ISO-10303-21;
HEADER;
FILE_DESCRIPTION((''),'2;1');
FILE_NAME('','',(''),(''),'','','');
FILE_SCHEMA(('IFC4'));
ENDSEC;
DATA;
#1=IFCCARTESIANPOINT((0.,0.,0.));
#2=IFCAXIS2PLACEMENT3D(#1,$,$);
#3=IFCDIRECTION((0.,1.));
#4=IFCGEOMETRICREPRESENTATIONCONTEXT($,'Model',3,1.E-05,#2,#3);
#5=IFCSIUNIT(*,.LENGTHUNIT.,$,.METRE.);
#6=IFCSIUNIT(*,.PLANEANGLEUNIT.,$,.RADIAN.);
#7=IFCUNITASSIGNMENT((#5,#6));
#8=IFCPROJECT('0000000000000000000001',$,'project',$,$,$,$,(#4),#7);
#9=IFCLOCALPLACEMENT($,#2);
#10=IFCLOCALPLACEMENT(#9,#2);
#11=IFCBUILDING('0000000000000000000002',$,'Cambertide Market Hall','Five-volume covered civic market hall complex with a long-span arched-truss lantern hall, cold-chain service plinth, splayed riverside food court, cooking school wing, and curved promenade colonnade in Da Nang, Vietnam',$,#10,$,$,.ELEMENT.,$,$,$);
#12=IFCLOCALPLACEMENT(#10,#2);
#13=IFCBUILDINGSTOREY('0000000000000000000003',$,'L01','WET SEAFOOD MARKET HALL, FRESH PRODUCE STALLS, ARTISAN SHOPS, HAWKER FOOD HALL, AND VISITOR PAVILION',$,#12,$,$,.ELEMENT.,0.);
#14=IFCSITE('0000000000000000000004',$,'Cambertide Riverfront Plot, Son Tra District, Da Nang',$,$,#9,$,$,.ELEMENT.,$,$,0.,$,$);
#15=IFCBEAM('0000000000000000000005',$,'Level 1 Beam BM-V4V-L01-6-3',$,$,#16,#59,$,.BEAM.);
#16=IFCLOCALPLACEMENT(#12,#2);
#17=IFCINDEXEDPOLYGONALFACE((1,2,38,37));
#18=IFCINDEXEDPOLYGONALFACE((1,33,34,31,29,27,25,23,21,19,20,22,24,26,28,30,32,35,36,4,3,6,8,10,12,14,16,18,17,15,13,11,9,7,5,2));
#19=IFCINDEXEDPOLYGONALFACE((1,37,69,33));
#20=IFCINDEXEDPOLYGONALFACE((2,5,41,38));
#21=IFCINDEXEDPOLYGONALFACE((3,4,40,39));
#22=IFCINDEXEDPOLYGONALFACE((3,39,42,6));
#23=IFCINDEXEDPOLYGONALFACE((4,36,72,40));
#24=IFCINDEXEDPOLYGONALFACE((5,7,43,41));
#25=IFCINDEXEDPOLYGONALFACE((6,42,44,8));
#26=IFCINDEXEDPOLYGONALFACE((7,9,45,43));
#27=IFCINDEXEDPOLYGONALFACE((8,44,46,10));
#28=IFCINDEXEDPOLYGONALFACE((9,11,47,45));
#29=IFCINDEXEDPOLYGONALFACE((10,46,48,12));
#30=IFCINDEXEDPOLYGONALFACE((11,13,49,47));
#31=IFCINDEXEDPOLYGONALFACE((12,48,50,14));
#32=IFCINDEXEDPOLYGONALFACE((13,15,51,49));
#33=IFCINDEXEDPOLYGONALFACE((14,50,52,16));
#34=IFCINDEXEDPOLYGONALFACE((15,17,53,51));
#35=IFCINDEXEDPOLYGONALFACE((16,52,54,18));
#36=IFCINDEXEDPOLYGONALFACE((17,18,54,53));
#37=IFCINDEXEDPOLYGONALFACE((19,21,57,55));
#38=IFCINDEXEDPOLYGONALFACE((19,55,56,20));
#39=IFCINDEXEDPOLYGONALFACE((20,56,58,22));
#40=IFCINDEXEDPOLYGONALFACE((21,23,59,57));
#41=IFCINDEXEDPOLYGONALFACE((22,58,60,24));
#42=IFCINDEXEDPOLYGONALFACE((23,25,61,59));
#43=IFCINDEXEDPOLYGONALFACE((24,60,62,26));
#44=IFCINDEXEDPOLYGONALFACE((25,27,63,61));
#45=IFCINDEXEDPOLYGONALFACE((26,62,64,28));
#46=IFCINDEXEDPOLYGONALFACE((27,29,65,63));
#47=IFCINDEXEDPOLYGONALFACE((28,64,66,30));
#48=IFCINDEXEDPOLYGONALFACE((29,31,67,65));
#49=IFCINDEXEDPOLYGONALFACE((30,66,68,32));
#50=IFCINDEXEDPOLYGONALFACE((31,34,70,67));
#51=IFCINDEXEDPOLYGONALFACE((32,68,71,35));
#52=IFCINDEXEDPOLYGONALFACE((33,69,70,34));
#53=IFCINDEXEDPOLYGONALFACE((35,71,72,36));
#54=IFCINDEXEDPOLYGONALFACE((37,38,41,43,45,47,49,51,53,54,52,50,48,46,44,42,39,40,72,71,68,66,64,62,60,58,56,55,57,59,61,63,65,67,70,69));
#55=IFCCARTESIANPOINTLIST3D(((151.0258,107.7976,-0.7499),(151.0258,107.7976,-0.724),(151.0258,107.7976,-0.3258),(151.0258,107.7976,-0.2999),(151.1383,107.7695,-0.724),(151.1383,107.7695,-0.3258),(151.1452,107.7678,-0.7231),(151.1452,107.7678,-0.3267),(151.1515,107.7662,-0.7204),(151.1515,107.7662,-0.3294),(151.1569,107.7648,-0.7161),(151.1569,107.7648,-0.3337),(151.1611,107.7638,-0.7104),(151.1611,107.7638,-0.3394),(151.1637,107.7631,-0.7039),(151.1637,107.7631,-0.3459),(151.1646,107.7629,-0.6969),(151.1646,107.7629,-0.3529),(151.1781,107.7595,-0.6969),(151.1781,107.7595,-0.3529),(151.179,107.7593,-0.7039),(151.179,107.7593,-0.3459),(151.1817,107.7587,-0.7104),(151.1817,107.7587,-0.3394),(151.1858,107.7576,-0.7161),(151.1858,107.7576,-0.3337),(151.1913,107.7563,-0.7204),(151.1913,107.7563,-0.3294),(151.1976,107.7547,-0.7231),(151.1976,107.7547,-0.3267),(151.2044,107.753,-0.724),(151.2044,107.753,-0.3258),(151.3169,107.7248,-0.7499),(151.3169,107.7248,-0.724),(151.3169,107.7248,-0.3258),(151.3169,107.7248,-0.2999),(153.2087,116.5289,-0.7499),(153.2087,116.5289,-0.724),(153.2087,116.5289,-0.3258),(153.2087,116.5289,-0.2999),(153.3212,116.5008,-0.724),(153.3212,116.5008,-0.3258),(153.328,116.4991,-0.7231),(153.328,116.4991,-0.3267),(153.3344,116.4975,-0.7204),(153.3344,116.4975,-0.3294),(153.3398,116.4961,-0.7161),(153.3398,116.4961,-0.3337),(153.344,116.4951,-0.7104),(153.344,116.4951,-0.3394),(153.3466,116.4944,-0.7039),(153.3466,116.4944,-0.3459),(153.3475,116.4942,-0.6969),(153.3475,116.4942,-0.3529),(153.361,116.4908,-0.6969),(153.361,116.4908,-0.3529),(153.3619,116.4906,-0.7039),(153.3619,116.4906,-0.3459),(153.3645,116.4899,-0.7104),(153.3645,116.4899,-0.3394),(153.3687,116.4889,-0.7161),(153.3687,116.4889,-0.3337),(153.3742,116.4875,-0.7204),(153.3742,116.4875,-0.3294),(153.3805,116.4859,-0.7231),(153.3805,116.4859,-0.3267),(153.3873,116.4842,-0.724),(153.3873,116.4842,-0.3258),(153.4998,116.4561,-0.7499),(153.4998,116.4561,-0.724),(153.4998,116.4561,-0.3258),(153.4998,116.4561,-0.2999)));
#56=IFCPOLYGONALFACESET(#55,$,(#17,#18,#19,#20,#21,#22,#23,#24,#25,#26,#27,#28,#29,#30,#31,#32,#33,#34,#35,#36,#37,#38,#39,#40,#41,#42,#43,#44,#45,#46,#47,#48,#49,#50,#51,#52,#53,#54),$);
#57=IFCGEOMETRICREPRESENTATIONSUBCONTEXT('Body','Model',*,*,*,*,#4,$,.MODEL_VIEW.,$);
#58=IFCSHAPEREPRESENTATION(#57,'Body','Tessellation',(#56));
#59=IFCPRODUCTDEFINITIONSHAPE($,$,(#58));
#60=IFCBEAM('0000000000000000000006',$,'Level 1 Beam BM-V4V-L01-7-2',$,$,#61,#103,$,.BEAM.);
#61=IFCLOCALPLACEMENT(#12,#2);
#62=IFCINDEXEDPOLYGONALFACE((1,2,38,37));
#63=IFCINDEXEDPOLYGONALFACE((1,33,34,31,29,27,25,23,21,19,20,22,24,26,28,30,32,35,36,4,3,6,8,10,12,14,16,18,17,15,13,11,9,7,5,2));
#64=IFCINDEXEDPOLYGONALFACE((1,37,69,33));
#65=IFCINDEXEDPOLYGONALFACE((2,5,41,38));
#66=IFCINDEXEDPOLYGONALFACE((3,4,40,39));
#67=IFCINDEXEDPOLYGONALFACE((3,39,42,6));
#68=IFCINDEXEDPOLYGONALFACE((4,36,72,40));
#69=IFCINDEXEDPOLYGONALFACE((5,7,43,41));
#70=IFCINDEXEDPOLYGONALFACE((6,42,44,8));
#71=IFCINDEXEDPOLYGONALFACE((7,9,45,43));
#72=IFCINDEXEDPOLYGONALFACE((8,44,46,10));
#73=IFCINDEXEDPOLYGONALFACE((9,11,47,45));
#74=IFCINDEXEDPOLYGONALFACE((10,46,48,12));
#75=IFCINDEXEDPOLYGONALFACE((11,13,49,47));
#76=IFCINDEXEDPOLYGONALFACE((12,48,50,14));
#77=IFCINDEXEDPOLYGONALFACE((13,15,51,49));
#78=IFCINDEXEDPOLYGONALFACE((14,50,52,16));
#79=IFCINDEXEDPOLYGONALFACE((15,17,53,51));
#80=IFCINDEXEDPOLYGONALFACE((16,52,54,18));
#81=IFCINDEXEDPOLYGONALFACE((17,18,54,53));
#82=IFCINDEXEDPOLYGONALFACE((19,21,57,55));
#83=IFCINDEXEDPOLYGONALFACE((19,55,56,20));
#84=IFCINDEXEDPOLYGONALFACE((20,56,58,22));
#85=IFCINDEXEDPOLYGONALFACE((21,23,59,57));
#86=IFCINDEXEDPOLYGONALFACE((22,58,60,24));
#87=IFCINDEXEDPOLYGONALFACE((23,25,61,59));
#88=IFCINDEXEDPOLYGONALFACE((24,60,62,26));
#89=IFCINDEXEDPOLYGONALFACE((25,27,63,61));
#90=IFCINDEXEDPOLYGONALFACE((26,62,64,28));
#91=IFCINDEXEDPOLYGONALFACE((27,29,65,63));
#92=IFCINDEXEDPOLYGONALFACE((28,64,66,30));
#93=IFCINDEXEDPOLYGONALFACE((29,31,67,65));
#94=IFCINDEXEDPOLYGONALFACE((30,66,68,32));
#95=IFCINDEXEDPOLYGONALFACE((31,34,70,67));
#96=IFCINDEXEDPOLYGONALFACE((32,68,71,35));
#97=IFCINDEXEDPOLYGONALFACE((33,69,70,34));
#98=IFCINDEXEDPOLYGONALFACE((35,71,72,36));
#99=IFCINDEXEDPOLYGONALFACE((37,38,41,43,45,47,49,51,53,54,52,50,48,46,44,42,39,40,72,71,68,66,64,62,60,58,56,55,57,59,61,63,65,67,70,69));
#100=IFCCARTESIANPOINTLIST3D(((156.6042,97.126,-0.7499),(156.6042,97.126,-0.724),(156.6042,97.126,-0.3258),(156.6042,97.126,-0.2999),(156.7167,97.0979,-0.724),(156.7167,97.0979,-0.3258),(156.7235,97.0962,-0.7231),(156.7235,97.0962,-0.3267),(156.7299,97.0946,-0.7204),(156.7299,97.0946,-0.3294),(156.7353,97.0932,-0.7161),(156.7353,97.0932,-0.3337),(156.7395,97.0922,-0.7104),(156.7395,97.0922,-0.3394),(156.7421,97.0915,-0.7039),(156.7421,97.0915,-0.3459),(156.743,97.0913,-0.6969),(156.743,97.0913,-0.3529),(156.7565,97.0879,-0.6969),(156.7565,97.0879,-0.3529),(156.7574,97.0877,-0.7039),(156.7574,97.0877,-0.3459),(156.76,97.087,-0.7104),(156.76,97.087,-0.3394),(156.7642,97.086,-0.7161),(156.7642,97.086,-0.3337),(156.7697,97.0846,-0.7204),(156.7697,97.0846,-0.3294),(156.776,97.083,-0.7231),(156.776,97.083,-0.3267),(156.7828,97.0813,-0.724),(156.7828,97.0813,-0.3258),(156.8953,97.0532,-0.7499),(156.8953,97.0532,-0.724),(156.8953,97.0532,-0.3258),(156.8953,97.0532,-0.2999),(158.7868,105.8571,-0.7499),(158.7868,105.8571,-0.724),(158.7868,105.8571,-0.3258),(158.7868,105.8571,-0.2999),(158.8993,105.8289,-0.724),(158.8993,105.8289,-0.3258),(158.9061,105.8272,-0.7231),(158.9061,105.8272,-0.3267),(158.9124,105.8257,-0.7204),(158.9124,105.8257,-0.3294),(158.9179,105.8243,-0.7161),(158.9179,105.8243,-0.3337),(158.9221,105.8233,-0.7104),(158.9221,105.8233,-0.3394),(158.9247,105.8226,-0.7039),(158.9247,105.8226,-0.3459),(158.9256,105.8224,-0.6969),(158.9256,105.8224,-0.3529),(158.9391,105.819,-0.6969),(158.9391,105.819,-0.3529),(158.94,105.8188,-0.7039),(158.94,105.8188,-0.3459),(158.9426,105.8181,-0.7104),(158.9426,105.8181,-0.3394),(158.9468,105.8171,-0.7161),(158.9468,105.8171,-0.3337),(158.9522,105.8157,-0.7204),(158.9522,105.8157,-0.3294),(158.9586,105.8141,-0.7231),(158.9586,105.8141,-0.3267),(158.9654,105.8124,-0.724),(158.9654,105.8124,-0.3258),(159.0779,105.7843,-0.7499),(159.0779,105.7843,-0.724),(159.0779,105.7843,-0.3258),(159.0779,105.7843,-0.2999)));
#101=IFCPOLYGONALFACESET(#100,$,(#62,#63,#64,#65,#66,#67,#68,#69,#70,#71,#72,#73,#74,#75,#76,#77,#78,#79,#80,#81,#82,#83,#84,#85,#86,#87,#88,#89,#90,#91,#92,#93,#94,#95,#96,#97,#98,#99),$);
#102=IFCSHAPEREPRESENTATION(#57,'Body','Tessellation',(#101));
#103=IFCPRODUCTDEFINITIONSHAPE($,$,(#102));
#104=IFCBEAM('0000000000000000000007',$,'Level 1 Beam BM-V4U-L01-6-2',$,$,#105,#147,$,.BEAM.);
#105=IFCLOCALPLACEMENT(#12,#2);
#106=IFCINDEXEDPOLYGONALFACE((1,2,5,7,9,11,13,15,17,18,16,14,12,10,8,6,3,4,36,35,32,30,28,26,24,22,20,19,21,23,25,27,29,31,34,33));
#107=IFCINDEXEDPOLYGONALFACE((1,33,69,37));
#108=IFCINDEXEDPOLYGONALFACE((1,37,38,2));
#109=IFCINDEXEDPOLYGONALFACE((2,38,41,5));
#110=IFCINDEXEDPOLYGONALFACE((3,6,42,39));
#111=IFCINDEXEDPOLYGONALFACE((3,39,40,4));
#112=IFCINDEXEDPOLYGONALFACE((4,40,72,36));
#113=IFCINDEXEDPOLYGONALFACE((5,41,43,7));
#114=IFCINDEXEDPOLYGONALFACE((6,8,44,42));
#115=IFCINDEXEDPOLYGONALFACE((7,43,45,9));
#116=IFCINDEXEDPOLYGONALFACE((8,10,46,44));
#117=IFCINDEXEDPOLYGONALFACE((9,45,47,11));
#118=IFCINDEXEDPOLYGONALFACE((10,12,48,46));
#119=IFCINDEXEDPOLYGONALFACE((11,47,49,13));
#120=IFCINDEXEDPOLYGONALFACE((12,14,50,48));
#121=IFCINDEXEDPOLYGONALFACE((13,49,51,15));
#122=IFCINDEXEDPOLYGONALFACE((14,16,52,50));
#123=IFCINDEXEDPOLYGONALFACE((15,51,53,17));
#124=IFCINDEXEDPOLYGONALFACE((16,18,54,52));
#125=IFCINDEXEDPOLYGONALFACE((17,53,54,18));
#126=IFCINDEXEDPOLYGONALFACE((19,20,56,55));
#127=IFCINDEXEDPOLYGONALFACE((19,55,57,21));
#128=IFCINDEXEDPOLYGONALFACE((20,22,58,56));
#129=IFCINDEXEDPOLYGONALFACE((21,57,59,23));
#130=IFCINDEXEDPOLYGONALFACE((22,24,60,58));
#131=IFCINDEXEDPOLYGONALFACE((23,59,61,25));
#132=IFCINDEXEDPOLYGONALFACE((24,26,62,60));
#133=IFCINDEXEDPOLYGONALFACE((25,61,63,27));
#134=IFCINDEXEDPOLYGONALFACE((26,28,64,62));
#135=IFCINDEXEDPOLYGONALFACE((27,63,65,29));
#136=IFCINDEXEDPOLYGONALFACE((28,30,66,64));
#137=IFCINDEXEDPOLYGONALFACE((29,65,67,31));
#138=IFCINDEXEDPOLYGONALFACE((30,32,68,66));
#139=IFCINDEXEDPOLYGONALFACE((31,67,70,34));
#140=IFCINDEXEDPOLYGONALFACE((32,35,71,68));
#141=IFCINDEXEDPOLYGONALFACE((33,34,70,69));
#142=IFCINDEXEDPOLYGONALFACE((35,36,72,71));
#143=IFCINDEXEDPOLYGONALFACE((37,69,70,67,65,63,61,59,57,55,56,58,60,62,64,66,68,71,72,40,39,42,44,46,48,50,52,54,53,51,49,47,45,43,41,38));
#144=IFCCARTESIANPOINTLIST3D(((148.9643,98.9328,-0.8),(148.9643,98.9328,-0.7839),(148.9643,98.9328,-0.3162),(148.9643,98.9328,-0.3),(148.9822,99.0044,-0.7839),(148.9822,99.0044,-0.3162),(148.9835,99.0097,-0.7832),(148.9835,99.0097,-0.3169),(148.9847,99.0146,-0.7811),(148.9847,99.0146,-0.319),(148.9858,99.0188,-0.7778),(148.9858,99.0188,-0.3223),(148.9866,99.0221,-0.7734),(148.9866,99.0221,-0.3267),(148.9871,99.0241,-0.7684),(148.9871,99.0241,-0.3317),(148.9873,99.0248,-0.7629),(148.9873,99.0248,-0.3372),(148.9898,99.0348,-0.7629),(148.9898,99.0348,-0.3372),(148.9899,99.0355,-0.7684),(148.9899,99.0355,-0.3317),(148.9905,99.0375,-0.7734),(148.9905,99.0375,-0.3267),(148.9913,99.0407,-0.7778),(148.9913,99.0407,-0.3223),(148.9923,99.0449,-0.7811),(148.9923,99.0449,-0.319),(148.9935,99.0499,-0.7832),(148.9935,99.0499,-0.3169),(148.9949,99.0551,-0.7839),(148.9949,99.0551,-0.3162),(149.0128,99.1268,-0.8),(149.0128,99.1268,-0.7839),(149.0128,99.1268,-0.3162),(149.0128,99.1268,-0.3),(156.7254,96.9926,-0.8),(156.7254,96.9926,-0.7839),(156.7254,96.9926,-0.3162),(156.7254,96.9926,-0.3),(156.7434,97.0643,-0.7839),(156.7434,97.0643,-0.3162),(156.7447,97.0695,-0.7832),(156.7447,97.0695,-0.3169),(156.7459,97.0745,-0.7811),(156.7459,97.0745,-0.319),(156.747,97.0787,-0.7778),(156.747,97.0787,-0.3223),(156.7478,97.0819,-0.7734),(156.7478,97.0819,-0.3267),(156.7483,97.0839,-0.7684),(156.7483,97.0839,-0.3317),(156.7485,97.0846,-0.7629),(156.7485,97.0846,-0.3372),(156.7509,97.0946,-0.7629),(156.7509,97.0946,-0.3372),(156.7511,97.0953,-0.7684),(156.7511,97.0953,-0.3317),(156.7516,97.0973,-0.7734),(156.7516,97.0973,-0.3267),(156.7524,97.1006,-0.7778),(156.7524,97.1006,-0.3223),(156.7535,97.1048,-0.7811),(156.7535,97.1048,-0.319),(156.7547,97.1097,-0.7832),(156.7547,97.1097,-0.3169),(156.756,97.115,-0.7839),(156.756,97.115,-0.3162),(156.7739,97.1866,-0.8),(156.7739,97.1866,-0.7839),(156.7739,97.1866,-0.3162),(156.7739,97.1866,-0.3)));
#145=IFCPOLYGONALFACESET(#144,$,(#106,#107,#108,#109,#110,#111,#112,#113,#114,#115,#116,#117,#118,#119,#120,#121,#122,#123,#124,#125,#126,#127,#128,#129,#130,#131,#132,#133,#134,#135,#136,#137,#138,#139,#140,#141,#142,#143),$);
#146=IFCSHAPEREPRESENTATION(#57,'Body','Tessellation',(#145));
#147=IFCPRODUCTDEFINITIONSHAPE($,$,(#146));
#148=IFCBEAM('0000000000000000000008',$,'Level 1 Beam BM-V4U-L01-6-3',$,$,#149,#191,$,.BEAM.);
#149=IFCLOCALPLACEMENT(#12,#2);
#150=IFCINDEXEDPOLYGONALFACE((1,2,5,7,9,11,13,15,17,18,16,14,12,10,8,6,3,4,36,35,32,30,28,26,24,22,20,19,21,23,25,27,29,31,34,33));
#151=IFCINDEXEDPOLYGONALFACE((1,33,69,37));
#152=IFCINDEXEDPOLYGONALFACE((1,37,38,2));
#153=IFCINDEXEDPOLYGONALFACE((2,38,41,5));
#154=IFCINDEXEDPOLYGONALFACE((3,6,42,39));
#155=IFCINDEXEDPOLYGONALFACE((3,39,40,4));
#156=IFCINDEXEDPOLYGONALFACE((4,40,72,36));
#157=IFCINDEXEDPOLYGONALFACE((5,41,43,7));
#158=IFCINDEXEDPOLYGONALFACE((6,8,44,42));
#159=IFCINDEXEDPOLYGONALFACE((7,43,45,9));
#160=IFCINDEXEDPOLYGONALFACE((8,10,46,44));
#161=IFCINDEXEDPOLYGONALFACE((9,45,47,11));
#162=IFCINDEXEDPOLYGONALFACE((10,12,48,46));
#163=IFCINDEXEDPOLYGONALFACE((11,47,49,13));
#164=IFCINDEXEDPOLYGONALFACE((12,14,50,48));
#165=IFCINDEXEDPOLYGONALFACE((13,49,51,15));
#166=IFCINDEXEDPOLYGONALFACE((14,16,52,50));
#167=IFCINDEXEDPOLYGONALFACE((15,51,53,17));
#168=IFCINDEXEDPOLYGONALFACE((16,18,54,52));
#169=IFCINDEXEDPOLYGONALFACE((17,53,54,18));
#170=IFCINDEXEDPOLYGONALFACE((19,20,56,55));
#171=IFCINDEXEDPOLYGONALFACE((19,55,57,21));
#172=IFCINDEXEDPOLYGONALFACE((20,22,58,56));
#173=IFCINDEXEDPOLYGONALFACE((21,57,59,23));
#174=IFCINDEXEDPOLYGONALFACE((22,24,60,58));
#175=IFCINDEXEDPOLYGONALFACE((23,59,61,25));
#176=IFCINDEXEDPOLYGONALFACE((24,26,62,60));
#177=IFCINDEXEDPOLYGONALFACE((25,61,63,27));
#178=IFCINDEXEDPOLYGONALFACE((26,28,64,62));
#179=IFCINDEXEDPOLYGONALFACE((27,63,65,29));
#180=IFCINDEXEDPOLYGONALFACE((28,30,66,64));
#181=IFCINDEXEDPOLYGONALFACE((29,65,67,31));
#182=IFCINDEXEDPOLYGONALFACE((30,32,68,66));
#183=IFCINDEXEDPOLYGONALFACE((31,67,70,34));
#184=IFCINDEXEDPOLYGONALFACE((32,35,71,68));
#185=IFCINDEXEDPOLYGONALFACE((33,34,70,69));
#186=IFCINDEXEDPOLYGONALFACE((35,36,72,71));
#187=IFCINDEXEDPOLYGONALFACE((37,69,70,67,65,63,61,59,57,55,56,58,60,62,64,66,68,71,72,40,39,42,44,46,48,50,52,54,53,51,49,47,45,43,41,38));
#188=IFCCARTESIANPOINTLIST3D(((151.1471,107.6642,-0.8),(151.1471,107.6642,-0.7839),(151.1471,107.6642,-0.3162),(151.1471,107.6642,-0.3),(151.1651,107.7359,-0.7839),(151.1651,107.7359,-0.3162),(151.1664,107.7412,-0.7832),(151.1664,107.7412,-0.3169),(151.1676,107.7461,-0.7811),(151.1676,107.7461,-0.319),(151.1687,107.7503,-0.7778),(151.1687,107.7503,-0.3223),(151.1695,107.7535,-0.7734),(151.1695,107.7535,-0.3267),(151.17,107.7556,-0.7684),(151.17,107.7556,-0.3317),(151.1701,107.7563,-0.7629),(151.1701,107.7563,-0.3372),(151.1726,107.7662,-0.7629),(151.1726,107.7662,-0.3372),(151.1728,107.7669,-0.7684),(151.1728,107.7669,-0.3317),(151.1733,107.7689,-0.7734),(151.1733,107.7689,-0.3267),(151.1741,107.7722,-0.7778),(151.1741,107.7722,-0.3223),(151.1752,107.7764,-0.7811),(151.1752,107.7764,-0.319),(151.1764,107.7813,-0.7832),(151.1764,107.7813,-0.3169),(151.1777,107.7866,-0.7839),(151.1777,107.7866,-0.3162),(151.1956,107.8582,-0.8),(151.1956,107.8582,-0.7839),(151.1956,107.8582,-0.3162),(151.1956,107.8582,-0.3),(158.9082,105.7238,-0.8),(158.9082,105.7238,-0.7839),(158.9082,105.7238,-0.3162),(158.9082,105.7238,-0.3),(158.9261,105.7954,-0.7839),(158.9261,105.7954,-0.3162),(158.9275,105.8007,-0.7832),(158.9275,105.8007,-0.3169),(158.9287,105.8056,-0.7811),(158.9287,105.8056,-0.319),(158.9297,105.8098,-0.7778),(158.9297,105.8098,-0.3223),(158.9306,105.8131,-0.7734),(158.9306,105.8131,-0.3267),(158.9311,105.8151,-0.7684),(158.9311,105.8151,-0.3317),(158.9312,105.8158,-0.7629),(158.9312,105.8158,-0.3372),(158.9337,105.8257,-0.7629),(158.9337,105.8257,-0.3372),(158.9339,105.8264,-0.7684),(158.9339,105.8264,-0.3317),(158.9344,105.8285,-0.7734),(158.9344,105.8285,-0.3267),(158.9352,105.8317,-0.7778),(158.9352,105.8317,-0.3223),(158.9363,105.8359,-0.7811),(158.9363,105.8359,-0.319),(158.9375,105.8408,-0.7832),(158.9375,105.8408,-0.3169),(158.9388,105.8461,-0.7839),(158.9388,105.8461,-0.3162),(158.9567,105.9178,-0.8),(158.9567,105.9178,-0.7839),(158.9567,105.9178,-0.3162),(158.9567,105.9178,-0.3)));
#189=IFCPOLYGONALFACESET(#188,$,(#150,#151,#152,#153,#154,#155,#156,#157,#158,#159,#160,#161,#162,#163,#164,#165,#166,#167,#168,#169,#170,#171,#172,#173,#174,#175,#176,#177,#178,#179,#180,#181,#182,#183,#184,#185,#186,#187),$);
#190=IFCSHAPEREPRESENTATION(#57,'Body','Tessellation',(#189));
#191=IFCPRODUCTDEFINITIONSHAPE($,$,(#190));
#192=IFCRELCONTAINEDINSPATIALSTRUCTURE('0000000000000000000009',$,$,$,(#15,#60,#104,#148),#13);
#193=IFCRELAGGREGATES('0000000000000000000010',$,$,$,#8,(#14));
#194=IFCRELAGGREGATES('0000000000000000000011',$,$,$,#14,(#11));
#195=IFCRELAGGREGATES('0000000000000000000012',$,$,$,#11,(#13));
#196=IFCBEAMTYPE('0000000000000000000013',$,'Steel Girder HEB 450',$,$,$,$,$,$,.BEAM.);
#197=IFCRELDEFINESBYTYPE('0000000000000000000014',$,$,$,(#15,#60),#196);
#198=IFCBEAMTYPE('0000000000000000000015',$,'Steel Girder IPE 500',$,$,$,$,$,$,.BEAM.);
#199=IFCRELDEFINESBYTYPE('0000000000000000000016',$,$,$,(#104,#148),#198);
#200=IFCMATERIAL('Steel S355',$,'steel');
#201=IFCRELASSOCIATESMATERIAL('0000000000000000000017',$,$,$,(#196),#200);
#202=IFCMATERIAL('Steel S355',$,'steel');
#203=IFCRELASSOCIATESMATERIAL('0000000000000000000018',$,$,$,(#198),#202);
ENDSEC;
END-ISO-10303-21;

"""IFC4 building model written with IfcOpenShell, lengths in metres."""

from ifc_helpers import new_model, si_unit, direction, frame, origin, origin_2d, place, context, subcontext, project, spatial, i_section, extrude, material, material_profile, profile_set, type_object, element, save


model = new_model("IFC4")

# Units and contexts
model_context = context("Model", 3, precision=1e-05, world=origin(), true_north=direction((0.0, 1.0)))
body_context = subcontext(model_context, "Body", "Model", "MODEL_VIEW")
ifc_project = project(units=[si_unit("LENGTHUNIT", "METRE"), si_unit("PLANEANGLEUNIT", "RADIAN")], contexts=[model_context])

# Site, building, storey
site_placement = place(None, origin())
site = spatial("IfcSite", under=ifc_project, at=site_placement, Name="Cambertide Riverfront Plot, Son Tra District, Da Nang", CompositionType="ELEMENT", RefElevation=0.0)
building_placement = place(site_placement, origin())
building = spatial("IfcBuilding", under=site, at=building_placement, Name="Cambertide Market Hall", Description="Five-volume covered civic market hall complex with a long-span arched-truss lantern hall, cold-chain service plinth, splayed riverside food court, cooking school wing, and curved promenade colonnade in Da Nang, Vietnam", CompositionType="ELEMENT")
storey_placement = place(building_placement, origin())
storey = spatial("IfcBuildingStorey", under=building, at=storey_placement, Name="L01", Description="WET SEAFOOD MARKET HALL, FRESH PRODUCE STALLS, ARTISAN SHOPS, HAWKER FOOD HALL, AND VISITOR PAVILION", CompositionType="ELEMENT", Elevation=0.0)

# Beams
ifc_material_1 = material(Name="Steel S355", Category="steel")
ifc_material_profile_1 = material_profile(ifc_material_1, i_section(OverallWidth=0.3, OverallDepth=0.45, WebThickness=0.0139, FlangeThickness=0.0259, FilletRadius=0.0271, at=origin_2d()), Name="HEB 450")
ifc_profile_set_1 = profile_set([ifc_material_profile_1], Name="Steel S355")
beam_type_1 = type_object("IfcBeamType", Name="Steel Girder HEB 450", PredefinedType="BEAM", material=ifc_profile_set_1)
beam_1_placement = place(storey_placement, frame((151.1714, 107.7612, -0.5249), z_axis=(0.242542, 0.970141, 0.0), x_axis=(-0.970141, 0.242542, 0.0)))
element("IfcBeam", 1, at=beam_1_placement, inside=storey, type_object=beam_type_1, Name="Level 1 Beam BM-V4V-L01-6-3", PredefinedType="BEAM", context=body_context, shape_type="SweptSolid", body=[
    extrude(i_section(OverallWidth=0.3, OverallDepth=0.45, WebThickness=0.0139, FlangeThickness=0.0259, FilletRadius=0.0271, at=origin_2d()), origin(), (0.0, 0.0, 1.0), 9.0),
])
beam_2_placement = place(storey_placement, frame((156.7498, 97.0896, -0.5249), z_axis=(0.242516, 0.970147, 0.0), x_axis=(-0.970147, 0.242516, 0.0)))
element("IfcBeam", 2, at=beam_2_placement, inside=storey, type_object=beam_type_1, Name="Level 1 Beam BM-V4V-L01-7-2", PredefinedType="BEAM", context=body_context, shape_type="SweptSolid", body=[
    extrude(i_section(OverallWidth=0.3, OverallDepth=0.45, WebThickness=0.0139, FlangeThickness=0.0259, FilletRadius=0.0271, at=origin_2d()), origin(), (0.0, 0.0, 1.0), 8.9998),
])
ifc_material_2 = material(Name="Steel S355", Category="steel")
ifc_material_profile_2 = material_profile(ifc_material_2, i_section(OverallWidth=0.2, OverallDepth=0.5, WebThickness=0.0103, FlangeThickness=0.0161, FilletRadius=0.021, at=origin_2d()), Name="IPE 500")
ifc_profile_set_2 = profile_set([ifc_material_profile_2], Name="Steel S355")
beam_type_2 = type_object("IfcBeamType", Name="Steel Girder IPE 500", PredefinedType="BEAM", material=ifc_profile_set_2)
for number, where, z_axis, x_axis, name in (
    (3, (148.9885, 99.0298, -0.55), (0.970146, -0.242521, 0.0), (0.242521, 0.970146, 0.0), "Level 1 Beam BM-V4U-L01-6-2"),
    (4, (151.1714, 107.7612, -0.55), (0.970137, -0.242557, 0.0), (0.242557, 0.970137, 0.0), "Level 1 Beam BM-V4U-L01-6-3"),
):
    element("IfcBeam", number, at=place(storey_placement, frame(where, z_axis=z_axis, x_axis=x_axis)), inside=storey, type_object=beam_type_2, Name=name, PredefinedType="BEAM", context=body_context, shape_type="SweptSolid", body=[
        extrude(i_section(OverallWidth=0.2, OverallDepth=0.5, WebThickness=0.0103, FlangeThickness=0.0161, FilletRadius=0.021, at=origin_2d()), origin(), (0.0, 0.0, 1.0), 8.0),
    ])

save(model, "model.ifc")
